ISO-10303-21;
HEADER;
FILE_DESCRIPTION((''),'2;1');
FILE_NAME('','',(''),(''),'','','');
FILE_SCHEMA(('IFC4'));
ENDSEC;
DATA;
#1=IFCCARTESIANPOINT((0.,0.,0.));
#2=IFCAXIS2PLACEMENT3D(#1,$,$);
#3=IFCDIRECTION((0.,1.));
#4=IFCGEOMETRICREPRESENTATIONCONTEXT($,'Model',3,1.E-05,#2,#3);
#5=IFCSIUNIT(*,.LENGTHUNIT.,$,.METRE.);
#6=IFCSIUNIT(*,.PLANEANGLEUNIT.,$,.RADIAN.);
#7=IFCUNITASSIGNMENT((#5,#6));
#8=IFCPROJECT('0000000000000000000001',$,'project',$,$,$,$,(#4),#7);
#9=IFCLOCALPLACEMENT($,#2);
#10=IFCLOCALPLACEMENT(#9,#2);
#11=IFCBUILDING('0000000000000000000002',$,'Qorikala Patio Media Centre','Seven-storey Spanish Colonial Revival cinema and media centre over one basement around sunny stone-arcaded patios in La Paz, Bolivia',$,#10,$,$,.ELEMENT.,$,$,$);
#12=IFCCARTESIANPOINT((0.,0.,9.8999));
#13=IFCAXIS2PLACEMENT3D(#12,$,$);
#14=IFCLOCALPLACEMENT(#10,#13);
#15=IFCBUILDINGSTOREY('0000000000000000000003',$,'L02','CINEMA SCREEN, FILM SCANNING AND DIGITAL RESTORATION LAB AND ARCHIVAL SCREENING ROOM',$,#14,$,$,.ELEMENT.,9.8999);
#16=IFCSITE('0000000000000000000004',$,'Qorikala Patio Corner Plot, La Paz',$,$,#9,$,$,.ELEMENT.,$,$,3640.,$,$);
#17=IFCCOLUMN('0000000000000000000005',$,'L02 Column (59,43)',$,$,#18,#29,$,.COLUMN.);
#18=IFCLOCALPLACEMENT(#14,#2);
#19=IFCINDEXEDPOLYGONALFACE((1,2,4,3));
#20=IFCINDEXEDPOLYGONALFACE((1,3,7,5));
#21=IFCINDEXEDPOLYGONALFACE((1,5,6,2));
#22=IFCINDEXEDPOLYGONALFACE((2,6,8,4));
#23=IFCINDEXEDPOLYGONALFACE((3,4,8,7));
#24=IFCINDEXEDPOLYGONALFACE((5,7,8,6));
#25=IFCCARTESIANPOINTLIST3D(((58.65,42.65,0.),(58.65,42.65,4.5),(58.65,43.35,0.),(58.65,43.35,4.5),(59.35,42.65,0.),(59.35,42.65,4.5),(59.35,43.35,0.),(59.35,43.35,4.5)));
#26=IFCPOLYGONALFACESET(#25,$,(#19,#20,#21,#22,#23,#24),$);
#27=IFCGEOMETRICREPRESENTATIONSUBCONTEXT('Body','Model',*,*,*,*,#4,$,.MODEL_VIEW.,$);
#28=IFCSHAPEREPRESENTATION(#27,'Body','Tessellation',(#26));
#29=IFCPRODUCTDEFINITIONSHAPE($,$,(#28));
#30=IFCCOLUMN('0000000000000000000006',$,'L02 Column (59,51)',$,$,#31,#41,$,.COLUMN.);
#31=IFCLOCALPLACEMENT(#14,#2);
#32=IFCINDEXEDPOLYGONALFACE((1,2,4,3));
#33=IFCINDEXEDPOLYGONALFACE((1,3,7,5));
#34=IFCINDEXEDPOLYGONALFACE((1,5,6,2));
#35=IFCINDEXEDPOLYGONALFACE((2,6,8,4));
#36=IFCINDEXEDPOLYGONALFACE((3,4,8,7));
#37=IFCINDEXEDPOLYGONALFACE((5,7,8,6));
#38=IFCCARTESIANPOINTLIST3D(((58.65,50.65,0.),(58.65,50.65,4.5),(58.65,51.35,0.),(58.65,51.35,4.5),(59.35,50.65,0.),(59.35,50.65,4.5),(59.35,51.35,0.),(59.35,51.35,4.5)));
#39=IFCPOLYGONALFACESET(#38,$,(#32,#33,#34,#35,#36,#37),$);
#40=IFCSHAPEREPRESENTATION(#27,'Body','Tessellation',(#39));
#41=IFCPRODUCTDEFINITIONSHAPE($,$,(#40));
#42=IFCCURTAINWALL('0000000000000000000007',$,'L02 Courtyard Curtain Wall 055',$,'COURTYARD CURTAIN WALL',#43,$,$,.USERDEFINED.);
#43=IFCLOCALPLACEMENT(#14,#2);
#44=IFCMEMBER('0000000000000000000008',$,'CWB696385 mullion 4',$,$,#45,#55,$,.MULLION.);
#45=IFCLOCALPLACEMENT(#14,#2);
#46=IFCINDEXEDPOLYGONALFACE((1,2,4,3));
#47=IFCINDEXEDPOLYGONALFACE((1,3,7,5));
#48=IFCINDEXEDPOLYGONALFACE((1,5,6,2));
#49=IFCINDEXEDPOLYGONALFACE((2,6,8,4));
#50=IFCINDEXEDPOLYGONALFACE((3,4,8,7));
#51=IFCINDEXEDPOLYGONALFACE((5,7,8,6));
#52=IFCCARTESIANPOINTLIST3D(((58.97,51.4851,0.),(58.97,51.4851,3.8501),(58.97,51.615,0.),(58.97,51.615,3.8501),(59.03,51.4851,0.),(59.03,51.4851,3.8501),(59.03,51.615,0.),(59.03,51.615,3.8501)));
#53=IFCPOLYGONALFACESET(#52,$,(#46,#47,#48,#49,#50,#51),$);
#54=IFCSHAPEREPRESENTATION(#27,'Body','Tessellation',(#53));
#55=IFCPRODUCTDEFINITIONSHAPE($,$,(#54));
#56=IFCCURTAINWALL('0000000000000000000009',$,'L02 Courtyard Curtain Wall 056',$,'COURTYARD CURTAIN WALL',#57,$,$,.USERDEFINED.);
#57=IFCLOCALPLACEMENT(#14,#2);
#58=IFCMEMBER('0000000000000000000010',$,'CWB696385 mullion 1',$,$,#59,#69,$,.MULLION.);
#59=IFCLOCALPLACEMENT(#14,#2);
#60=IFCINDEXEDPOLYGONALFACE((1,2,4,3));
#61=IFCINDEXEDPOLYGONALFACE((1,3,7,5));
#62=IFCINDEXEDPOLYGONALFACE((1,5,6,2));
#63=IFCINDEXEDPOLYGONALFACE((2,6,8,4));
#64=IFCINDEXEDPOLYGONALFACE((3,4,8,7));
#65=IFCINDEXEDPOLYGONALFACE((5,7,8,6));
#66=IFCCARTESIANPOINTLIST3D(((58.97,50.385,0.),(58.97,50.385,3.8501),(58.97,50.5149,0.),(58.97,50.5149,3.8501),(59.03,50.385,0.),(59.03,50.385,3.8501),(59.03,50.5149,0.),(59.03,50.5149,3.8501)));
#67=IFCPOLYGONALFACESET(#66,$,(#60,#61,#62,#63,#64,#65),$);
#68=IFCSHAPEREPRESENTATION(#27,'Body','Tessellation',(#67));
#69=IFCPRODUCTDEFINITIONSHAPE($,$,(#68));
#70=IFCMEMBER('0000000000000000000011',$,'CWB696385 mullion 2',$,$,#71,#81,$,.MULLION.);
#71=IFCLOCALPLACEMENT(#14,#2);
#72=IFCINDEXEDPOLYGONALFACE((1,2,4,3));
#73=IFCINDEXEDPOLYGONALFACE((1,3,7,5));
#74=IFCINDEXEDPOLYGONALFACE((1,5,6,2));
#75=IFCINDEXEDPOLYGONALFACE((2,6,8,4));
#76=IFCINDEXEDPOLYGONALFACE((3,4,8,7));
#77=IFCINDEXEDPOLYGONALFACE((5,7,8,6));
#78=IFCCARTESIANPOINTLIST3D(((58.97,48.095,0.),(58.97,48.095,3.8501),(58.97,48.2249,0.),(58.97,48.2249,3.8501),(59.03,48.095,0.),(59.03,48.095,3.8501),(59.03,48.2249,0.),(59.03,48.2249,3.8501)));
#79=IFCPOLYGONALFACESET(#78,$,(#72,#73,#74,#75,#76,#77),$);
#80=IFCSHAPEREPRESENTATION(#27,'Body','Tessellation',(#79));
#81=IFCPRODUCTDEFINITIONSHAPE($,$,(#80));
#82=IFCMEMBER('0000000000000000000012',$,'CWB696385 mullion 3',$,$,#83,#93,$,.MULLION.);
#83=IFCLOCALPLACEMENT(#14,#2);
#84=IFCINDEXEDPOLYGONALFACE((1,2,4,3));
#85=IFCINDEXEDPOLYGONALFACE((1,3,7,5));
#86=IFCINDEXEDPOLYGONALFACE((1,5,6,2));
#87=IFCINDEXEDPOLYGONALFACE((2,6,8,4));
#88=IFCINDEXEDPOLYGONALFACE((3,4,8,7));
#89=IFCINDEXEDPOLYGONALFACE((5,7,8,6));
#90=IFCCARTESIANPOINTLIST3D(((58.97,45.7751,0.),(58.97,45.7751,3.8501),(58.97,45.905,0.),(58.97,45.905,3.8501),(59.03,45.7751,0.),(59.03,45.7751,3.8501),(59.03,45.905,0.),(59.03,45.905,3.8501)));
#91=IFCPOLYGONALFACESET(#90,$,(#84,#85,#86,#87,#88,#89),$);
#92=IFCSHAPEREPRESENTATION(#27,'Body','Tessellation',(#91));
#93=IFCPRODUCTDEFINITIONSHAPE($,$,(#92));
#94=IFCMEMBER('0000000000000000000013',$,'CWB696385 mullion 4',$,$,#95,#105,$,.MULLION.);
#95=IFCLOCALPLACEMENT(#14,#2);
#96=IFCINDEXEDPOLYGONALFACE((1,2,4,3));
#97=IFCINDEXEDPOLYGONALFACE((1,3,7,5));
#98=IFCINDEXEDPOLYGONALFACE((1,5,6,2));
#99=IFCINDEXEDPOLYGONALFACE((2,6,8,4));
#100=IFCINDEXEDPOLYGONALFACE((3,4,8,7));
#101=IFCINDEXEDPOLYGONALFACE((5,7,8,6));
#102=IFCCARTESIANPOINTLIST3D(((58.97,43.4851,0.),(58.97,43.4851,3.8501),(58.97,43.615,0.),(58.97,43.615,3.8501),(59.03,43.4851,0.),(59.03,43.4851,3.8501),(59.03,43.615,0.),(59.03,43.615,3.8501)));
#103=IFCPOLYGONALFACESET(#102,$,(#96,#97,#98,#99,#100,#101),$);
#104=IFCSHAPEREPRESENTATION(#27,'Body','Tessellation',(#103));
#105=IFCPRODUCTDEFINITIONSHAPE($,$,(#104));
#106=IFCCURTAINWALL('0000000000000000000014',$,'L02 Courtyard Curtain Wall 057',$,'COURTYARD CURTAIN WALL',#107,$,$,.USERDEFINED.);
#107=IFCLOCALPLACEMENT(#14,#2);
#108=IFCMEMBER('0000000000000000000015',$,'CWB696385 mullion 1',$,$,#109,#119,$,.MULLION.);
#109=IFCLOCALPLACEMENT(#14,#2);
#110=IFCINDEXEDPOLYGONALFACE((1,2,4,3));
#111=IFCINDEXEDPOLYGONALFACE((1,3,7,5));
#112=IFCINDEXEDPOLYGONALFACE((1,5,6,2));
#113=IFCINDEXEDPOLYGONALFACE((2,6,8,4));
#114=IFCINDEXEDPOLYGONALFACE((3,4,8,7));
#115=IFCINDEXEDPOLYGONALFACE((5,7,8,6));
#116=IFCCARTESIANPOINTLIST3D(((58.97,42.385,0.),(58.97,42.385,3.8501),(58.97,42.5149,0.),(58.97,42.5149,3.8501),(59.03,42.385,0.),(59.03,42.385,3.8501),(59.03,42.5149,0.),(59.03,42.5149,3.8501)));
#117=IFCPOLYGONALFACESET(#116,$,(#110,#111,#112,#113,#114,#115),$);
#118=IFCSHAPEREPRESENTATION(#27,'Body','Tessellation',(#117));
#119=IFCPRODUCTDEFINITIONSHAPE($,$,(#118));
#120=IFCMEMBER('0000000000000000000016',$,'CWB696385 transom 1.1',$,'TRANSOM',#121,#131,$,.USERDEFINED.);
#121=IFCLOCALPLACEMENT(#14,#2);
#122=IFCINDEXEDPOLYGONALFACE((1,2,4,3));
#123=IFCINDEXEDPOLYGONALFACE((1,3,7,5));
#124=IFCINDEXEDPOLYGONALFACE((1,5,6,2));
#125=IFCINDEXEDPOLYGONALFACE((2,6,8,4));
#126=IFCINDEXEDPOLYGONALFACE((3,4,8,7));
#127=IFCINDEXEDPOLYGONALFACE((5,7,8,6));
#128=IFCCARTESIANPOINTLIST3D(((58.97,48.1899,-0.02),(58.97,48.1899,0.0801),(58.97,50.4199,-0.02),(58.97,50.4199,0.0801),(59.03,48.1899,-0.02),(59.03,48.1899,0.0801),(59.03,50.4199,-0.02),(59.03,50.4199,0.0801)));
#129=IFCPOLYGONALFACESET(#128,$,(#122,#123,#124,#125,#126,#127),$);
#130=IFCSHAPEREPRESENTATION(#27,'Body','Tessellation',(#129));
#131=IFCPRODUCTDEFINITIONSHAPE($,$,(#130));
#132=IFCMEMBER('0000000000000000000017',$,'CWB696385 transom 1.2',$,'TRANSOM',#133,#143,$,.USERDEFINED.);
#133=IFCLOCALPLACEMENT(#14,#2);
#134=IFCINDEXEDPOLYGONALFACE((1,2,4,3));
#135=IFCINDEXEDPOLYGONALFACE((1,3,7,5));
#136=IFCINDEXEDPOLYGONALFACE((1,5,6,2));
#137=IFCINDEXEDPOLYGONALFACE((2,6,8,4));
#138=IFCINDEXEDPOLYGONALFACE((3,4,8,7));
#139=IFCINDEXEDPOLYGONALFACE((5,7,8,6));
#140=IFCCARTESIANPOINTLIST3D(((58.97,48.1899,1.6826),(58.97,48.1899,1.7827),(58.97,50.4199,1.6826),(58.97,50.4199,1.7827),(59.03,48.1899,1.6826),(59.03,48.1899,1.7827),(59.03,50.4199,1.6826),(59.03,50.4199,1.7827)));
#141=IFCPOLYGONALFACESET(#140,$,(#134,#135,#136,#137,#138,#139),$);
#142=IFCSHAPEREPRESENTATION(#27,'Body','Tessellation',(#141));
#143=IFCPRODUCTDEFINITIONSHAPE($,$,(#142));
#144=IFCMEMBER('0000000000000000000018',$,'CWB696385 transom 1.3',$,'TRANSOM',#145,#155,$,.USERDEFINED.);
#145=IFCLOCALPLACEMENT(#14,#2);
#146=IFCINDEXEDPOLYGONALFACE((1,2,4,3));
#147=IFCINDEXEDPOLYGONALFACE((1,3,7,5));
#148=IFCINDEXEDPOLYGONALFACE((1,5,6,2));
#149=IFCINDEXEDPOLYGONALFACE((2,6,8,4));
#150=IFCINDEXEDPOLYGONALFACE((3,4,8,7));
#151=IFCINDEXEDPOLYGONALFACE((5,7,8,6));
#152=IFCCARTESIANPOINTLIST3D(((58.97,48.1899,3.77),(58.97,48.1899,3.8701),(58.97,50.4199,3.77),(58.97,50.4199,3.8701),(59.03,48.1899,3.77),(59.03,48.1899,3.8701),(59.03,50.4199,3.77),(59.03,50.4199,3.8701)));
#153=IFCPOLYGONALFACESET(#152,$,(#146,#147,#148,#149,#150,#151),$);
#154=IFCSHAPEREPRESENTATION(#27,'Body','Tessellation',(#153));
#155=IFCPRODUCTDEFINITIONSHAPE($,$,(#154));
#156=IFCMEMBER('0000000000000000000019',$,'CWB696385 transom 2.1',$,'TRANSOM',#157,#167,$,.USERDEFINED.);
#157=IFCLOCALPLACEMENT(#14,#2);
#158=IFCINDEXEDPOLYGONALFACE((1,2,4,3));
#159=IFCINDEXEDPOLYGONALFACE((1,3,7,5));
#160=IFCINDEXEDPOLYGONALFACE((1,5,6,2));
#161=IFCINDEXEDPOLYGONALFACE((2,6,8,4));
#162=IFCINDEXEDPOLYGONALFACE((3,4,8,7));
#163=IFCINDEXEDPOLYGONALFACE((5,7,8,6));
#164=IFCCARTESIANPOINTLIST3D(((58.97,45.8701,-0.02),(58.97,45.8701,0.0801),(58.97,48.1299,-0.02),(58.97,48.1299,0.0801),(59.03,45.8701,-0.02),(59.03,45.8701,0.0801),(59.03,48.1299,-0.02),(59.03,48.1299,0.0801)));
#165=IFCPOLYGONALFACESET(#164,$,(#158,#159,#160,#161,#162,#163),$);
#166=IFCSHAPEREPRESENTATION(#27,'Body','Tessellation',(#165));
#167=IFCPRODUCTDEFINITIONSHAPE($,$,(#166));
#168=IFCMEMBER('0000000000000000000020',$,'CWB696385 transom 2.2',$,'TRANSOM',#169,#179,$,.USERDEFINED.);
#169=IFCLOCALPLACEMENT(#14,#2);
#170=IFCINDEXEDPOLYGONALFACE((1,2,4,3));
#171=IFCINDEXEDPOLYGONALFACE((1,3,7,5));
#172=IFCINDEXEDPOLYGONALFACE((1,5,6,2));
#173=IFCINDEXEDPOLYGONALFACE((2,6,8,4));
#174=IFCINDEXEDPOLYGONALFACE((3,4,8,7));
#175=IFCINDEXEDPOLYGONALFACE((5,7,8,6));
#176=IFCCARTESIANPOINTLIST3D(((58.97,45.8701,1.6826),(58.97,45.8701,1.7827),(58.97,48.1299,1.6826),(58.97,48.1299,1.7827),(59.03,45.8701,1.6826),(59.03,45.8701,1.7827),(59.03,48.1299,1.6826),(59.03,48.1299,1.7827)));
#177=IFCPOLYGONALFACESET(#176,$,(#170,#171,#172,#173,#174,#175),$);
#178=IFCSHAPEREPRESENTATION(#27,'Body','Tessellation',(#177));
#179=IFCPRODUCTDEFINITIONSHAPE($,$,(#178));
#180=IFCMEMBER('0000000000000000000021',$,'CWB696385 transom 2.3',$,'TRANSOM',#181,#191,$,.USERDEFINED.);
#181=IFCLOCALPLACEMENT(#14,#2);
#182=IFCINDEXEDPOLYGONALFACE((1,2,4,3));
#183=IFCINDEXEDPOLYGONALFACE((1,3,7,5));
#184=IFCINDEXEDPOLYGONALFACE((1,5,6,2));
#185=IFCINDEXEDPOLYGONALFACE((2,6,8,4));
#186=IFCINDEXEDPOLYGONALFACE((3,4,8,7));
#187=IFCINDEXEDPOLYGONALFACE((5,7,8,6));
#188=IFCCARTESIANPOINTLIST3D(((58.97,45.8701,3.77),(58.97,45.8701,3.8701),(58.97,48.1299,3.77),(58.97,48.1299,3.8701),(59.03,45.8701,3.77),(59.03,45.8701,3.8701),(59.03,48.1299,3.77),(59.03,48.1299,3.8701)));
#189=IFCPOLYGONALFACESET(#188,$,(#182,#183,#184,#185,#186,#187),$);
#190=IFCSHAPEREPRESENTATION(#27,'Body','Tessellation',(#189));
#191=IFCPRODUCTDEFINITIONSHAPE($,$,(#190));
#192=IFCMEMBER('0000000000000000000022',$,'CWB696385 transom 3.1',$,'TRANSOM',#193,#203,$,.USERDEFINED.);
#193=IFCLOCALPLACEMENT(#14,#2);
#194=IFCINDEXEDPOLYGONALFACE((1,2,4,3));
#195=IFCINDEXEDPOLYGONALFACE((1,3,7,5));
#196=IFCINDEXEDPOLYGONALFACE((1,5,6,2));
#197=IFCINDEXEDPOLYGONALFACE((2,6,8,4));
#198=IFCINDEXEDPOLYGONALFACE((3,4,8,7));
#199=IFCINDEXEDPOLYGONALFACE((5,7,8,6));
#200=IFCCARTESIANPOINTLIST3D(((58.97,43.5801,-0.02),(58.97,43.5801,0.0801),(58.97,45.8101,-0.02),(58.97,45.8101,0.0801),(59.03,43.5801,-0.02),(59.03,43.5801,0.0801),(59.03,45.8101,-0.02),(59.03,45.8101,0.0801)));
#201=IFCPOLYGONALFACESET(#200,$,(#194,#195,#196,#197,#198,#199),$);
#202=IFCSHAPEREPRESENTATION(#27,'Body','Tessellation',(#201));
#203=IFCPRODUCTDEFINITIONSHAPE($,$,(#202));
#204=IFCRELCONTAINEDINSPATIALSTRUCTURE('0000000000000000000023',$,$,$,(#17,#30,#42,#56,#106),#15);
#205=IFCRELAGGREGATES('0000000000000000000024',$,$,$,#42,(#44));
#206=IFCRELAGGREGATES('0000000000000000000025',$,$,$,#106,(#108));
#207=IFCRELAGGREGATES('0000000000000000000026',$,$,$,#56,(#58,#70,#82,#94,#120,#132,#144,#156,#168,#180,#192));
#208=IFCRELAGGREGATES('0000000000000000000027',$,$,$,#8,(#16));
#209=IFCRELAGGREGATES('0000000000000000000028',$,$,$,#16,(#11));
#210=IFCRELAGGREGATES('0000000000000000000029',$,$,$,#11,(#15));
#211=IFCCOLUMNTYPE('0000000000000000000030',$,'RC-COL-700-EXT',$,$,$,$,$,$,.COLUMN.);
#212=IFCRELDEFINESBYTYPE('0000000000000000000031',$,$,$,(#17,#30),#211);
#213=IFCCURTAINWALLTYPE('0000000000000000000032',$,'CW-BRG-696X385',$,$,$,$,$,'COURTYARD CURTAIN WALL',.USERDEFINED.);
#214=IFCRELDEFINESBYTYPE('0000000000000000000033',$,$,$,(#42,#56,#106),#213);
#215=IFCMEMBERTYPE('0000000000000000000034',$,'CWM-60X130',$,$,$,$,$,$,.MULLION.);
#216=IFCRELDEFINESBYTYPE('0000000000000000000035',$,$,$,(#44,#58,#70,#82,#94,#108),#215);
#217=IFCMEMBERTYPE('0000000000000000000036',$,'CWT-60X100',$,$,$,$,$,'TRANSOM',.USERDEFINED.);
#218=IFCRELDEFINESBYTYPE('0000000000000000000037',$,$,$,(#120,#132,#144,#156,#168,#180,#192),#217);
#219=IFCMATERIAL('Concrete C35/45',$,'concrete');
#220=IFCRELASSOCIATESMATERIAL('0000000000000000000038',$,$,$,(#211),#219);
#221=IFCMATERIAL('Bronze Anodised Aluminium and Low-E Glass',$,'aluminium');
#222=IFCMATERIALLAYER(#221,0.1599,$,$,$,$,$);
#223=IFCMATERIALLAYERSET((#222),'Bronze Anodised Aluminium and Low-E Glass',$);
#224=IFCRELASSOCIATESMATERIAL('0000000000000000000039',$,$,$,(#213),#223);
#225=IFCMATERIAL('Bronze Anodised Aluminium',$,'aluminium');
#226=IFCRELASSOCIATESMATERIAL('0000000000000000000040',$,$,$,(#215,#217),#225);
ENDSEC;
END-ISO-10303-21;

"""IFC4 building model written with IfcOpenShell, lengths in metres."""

from ifc_helpers import new_model, si_unit, direction, frame, origin, origin_2d, place, context, subcontext, project, spatial, rectangle, extrude, material, layer, layer_set, material_profile, profile_set, type_object, element, aggregate, save


model = new_model("IFC4")

# Units and contexts
model_context = context("Model", 3, precision=1e-05, world=origin(), true_north=direction((0.0, 1.0)))
body_context = subcontext(model_context, "Body", "Model", "MODEL_VIEW")
ifc_project = project(units=[si_unit("LENGTHUNIT", "METRE"), si_unit("PLANEANGLEUNIT", "RADIAN")], contexts=[model_context])

# Site, building, storey
site_placement = place(None, origin())
site = spatial("IfcSite", under=ifc_project, at=site_placement, Name="Qorikala Patio Corner Plot, La Paz", CompositionType="ELEMENT", RefElevation=3640.0)
building_placement = place(site_placement, origin())
building = spatial("IfcBuilding", under=site, at=building_placement, Name="Qorikala Patio Media Centre", Description="Seven-storey Spanish Colonial Revival cinema and media centre over one basement around sunny stone-arcaded patios in La Paz, Bolivia", CompositionType="ELEMENT")
storey_placement = place(building_placement, frame((0.0, 0.0, 9.8999)))
storey = spatial("IfcBuildingStorey", under=building, at=storey_placement, Name="L02", Description="CINEMA SCREEN, FILM SCANNING AND DIGITAL RESTORATION LAB AND ARCHIVAL SCREENING ROOM", CompositionType="ELEMENT", Elevation=9.8999)

# Columns
ifc_material_1 = material(Name="Concrete C35/45", Category="concrete")
ifc_material_profile_1 = material_profile(ifc_material_1, rectangle(XDim=0.7, YDim=0.7, at=origin_2d()), Name="RC 700x700")
ifc_profile_set_1 = profile_set([ifc_material_profile_1], Name="Concrete C35/45")
column_type = type_object("IfcColumnType", Name="RC-COL-700-EXT", PredefinedType="COLUMN", material=ifc_profile_set_1)
for number, where, z_axis, x_axis, name in (
    (1, (59.0, 43.0, 0.0), (0.0, 0.0, 1.0), (1.0, 0.0, 0.0), "L02 Column (59,43)"),
    (2, (59.0, 51.0, 0.0), (0.0, 0.0, 1.0), (1.0, 0.0, 0.0), "L02 Column (59,51)"),
):
    element("IfcColumn", number, at=place(storey_placement, frame(where, z_axis=z_axis, x_axis=x_axis)), inside=storey, type_object=column_type, Name=name, PredefinedType="COLUMN", context=body_context, shape_type="SweptSolid", body=[
        extrude(rectangle(XDim=0.7, YDim=0.7, at=origin_2d()), origin(), (0.0, 0.0, 1.0), 4.5),
    ])

# Curtain wall, member
ifc_material_2 = material(Name="Bronze Anodised Aluminium and Low-E Glass", Category="aluminium")
ifc_layer_1 = layer(ifc_material_2, 0.1599)
ifc_layer_set_1 = layer_set([ifc_layer_1], Name="Bronze Anodised Aluminium and Low-E Glass")
curtain_wall_type = type_object("IfcCurtainWallType", Name="CW-BRG-696X385", ElementType="COURTYARD CURTAIN WALL", PredefinedType="USERDEFINED", material=ifc_layer_set_1)
curtain_wall_1_placement = place(storey_placement, origin())
curtain_wall_1 = element("IfcCurtainWall", 3, at=curtain_wall_1_placement, inside=storey, type_object=curtain_wall_type, Name="L02 Courtyard Curtain Wall 055", ObjectType="COURTYARD CURTAIN WALL", PredefinedType="USERDEFINED")
ifc_material_3 = material(Name="Bronze Anodised Aluminium", Category="aluminium")
ifc_material_profile_2 = material_profile(ifc_material_3, rectangle(XDim=0.0601, YDim=0.1299, at=origin_2d()), Name="ALU MULLION 60x130")
ifc_profile_set_2 = profile_set([ifc_material_profile_2], Name="Bronze Anodised Aluminium")
member_type_1 = type_object("IfcMemberType", Name="CWM-60X130", PredefinedType="MULLION", material=ifc_profile_set_2)
member_1_placement = place(storey_placement, frame((59.0, 51.55, 0.0), z_axis=(0.0, 0.0, 1.0), x_axis=(1.0, 0.0, 0.0)))
member_1 = element("IfcMember", 4, at=member_1_placement, type_object=member_type_1, Name="CWB696385 mullion 4", PredefinedType="MULLION", context=body_context, shape_type="SweptSolid", body=[
    extrude(rectangle(XDim=0.0601, YDim=0.1299, at=origin_2d()), origin(), (0.0, 0.0, 1.0), 3.8501),
])
aggregate(curtain_wall_1, [member_1])

# Curtain wall, members
curtain_wall_2_placement = place(storey_placement, origin())
curtain_wall_2 = element("IfcCurtainWall", 5, at=curtain_wall_2_placement, inside=storey, type_object=curtain_wall_type, Name="L02 Courtyard Curtain Wall 056", ObjectType="COURTYARD CURTAIN WALL", PredefinedType="USERDEFINED")
member_2_placement = place(storey_placement, frame((59.0, 50.45, 0.0), z_axis=(0.0, 0.0, 1.0), x_axis=(1.0, 0.0, 0.0)))
member_2 = element("IfcMember", 6, at=member_2_placement, type_object=member_type_1, Name="CWB696385 mullion 1", PredefinedType="MULLION", context=body_context, shape_type="SweptSolid", body=[
    extrude(rectangle(XDim=0.0601, YDim=0.1299, at=origin_2d()), origin(), (0.0, 0.0, 1.0), 3.8501),
])
member_3_placement = place(storey_placement, frame((59.0, 48.1599, 0.0), z_axis=(0.0, 0.0, 1.0), x_axis=(1.0, 0.0, 0.0)))
member_3 = element("IfcMember", 7, at=member_3_placement, type_object=member_type_1, Name="CWB696385 mullion 2", PredefinedType="MULLION", context=body_context, shape_type="SweptSolid", body=[
    extrude(rectangle(XDim=0.0601, YDim=0.1299, at=origin_2d()), origin(), (0.0, 0.0, 1.0), 3.8501),
])
member_4_placement = place(storey_placement, frame((59.0, 45.8401, 0.0), z_axis=(0.0, 0.0, 1.0), x_axis=(1.0, 0.0, 0.0)))
member_4 = element("IfcMember", 8, at=member_4_placement, type_object=member_type_1, Name="CWB696385 mullion 3", PredefinedType="MULLION", context=body_context, shape_type="SweptSolid", body=[
    extrude(rectangle(XDim=0.0601, YDim=0.1299, at=origin_2d()), origin(), (0.0, 0.0, 1.0), 3.8501),
])
member_5_placement = place(storey_placement, frame((59.0, 43.55, 0.0), z_axis=(0.0, 0.0, 1.0), x_axis=(1.0, 0.0, 0.0)))
member_5 = element("IfcMember", 9, at=member_5_placement, type_object=member_type_1, Name="CWB696385 mullion 4", PredefinedType="MULLION", context=body_context, shape_type="SweptSolid", body=[
    extrude(rectangle(XDim=0.0601, YDim=0.1299, at=origin_2d()), origin(), (0.0, 0.0, 1.0), 3.8501),
])

# Curtain wall, member
curtain_wall_3_placement = place(storey_placement, origin())
curtain_wall_3 = element("IfcCurtainWall", 10, at=curtain_wall_3_placement, inside=storey, type_object=curtain_wall_type, Name="L02 Courtyard Curtain Wall 057", ObjectType="COURTYARD CURTAIN WALL", PredefinedType="USERDEFINED")
member_6_placement = place(storey_placement, frame((59.0, 42.45, 0.0), z_axis=(0.0, 0.0, 1.0), x_axis=(1.0, 0.0, 0.0)))
member_6 = element("IfcMember", 11, at=member_6_placement, type_object=member_type_1, Name="CWB696385 mullion 1", PredefinedType="MULLION", context=body_context, shape_type="SweptSolid", body=[
    extrude(rectangle(XDim=0.0601, YDim=0.1299, at=origin_2d()), origin(), (0.0, 0.0, 1.0), 3.8501),
])

# Members
ifc_material_profile_3 = material_profile(ifc_material_3, rectangle(XDim=0.0601, YDim=0.1001, at=origin_2d()), Name="ALU TRANSOM 60x100")
ifc_profile_set_3 = profile_set([ifc_material_profile_3], Name="Bronze Anodised Aluminium")
member_type_2 = type_object("IfcMemberType", Name="CWT-60X100", ElementType="TRANSOM", PredefinedType="USERDEFINED", material=ifc_profile_set_3)
member_7_placement = place(storey_placement, frame((59.0, 50.4199, 0.03), z_axis=(0.0, -1.0, 0.0), x_axis=(1.0, 0.0, 0.0)))
member_7 = element("IfcMember", 12, at=member_7_placement, type_object=member_type_2, Name="CWB696385 transom 1.1", ObjectType="TRANSOM", PredefinedType="USERDEFINED", context=body_context, shape_type="SweptSolid", body=[
    extrude(rectangle(XDim=0.0601, YDim=0.1001, at=origin_2d()), origin(), (0.0, 0.0, 1.0), 2.23),
])
member_8_placement = place(storey_placement, frame((59.0, 50.4199, 1.7327), z_axis=(0.0, -1.0, 0.0), x_axis=(1.0, 0.0, 0.0)))
member_8 = element("IfcMember", 13, at=member_8_placement, type_object=member_type_2, Name="CWB696385 transom 1.2", ObjectType="TRANSOM", PredefinedType="USERDEFINED", context=body_context, shape_type="SweptSolid", body=[
    extrude(rectangle(XDim=0.0601, YDim=0.1001, at=origin_2d()), origin(), (0.0, 0.0, 1.0), 2.23),
])
member_9_placement = place(storey_placement, frame((59.0, 50.4199, 3.8201), z_axis=(0.0, -1.0, 0.0), x_axis=(1.0, 0.0, 0.0)))
member_9 = element("IfcMember", 14, at=member_9_placement, type_object=member_type_2, Name="CWB696385 transom 1.3", ObjectType="TRANSOM", PredefinedType="USERDEFINED", context=body_context, shape_type="SweptSolid", body=[
    extrude(rectangle(XDim=0.0601, YDim=0.1001, at=origin_2d()), origin(), (0.0, 0.0, 1.0), 2.23),
])
member_10_placement = place(storey_placement, frame((59.0, 48.1299, 0.03), z_axis=(0.0, -1.0, 0.0), x_axis=(1.0, 0.0, 0.0)))
member_10 = element("IfcMember", 15, at=member_10_placement, type_object=member_type_2, Name="CWB696385 transom 2.1", ObjectType="TRANSOM", PredefinedType="USERDEFINED", context=body_context, shape_type="SweptSolid", body=[
    extrude(rectangle(XDim=0.0601, YDim=0.1001, at=origin_2d()), origin(), (0.0, 0.0, 1.0), 2.2598),
])
member_11_placement = place(storey_placement, frame((59.0, 48.1299, 1.7327), z_axis=(0.0, -1.0, 0.0), x_axis=(1.0, 0.0, 0.0)))
member_11 = element("IfcMember", 16, at=member_11_placement, type_object=member_type_2, Name="CWB696385 transom 2.2", ObjectType="TRANSOM", PredefinedType="USERDEFINED", context=body_context, shape_type="SweptSolid", body=[
    extrude(rectangle(XDim=0.0601, YDim=0.1001, at=origin_2d()), origin(), (0.0, 0.0, 1.0), 2.2598),
])
member_12_placement = place(storey_placement, frame((59.0, 48.1299, 3.8201), z_axis=(0.0, -1.0, 0.0), x_axis=(1.0, 0.0, 0.0)))
member_12 = element("IfcMember", 17, at=member_12_placement, type_object=member_type_2, Name="CWB696385 transom 2.3", ObjectType="TRANSOM", PredefinedType="USERDEFINED", context=body_context, shape_type="SweptSolid", body=[
    extrude(rectangle(XDim=0.0601, YDim=0.1001, at=origin_2d()), origin(), (0.0, 0.0, 1.0), 2.2598),
])
member_13_placement = place(storey_placement, frame((59.0, 45.8101, 0.03), z_axis=(0.0, -1.0, 0.0), x_axis=(1.0, 0.0, 0.0)))
member_13 = element("IfcMember", 18, at=member_13_placement, type_object=member_type_2, Name="CWB696385 transom 3.1", ObjectType="TRANSOM", PredefinedType="USERDEFINED", context=body_context, shape_type="SweptSolid", body=[
    extrude(rectangle(XDim=0.0601, YDim=0.1001, at=origin_2d()), origin(), (0.0, 0.0, 1.0), 2.23),
])
aggregate(curtain_wall_3, [member_6])

aggregate(curtain_wall_2, [member_2, member_3, member_4, member_5, member_7, member_8, member_9, member_10, member_11, member_12, member_13])

save(model, "model.ifc")
